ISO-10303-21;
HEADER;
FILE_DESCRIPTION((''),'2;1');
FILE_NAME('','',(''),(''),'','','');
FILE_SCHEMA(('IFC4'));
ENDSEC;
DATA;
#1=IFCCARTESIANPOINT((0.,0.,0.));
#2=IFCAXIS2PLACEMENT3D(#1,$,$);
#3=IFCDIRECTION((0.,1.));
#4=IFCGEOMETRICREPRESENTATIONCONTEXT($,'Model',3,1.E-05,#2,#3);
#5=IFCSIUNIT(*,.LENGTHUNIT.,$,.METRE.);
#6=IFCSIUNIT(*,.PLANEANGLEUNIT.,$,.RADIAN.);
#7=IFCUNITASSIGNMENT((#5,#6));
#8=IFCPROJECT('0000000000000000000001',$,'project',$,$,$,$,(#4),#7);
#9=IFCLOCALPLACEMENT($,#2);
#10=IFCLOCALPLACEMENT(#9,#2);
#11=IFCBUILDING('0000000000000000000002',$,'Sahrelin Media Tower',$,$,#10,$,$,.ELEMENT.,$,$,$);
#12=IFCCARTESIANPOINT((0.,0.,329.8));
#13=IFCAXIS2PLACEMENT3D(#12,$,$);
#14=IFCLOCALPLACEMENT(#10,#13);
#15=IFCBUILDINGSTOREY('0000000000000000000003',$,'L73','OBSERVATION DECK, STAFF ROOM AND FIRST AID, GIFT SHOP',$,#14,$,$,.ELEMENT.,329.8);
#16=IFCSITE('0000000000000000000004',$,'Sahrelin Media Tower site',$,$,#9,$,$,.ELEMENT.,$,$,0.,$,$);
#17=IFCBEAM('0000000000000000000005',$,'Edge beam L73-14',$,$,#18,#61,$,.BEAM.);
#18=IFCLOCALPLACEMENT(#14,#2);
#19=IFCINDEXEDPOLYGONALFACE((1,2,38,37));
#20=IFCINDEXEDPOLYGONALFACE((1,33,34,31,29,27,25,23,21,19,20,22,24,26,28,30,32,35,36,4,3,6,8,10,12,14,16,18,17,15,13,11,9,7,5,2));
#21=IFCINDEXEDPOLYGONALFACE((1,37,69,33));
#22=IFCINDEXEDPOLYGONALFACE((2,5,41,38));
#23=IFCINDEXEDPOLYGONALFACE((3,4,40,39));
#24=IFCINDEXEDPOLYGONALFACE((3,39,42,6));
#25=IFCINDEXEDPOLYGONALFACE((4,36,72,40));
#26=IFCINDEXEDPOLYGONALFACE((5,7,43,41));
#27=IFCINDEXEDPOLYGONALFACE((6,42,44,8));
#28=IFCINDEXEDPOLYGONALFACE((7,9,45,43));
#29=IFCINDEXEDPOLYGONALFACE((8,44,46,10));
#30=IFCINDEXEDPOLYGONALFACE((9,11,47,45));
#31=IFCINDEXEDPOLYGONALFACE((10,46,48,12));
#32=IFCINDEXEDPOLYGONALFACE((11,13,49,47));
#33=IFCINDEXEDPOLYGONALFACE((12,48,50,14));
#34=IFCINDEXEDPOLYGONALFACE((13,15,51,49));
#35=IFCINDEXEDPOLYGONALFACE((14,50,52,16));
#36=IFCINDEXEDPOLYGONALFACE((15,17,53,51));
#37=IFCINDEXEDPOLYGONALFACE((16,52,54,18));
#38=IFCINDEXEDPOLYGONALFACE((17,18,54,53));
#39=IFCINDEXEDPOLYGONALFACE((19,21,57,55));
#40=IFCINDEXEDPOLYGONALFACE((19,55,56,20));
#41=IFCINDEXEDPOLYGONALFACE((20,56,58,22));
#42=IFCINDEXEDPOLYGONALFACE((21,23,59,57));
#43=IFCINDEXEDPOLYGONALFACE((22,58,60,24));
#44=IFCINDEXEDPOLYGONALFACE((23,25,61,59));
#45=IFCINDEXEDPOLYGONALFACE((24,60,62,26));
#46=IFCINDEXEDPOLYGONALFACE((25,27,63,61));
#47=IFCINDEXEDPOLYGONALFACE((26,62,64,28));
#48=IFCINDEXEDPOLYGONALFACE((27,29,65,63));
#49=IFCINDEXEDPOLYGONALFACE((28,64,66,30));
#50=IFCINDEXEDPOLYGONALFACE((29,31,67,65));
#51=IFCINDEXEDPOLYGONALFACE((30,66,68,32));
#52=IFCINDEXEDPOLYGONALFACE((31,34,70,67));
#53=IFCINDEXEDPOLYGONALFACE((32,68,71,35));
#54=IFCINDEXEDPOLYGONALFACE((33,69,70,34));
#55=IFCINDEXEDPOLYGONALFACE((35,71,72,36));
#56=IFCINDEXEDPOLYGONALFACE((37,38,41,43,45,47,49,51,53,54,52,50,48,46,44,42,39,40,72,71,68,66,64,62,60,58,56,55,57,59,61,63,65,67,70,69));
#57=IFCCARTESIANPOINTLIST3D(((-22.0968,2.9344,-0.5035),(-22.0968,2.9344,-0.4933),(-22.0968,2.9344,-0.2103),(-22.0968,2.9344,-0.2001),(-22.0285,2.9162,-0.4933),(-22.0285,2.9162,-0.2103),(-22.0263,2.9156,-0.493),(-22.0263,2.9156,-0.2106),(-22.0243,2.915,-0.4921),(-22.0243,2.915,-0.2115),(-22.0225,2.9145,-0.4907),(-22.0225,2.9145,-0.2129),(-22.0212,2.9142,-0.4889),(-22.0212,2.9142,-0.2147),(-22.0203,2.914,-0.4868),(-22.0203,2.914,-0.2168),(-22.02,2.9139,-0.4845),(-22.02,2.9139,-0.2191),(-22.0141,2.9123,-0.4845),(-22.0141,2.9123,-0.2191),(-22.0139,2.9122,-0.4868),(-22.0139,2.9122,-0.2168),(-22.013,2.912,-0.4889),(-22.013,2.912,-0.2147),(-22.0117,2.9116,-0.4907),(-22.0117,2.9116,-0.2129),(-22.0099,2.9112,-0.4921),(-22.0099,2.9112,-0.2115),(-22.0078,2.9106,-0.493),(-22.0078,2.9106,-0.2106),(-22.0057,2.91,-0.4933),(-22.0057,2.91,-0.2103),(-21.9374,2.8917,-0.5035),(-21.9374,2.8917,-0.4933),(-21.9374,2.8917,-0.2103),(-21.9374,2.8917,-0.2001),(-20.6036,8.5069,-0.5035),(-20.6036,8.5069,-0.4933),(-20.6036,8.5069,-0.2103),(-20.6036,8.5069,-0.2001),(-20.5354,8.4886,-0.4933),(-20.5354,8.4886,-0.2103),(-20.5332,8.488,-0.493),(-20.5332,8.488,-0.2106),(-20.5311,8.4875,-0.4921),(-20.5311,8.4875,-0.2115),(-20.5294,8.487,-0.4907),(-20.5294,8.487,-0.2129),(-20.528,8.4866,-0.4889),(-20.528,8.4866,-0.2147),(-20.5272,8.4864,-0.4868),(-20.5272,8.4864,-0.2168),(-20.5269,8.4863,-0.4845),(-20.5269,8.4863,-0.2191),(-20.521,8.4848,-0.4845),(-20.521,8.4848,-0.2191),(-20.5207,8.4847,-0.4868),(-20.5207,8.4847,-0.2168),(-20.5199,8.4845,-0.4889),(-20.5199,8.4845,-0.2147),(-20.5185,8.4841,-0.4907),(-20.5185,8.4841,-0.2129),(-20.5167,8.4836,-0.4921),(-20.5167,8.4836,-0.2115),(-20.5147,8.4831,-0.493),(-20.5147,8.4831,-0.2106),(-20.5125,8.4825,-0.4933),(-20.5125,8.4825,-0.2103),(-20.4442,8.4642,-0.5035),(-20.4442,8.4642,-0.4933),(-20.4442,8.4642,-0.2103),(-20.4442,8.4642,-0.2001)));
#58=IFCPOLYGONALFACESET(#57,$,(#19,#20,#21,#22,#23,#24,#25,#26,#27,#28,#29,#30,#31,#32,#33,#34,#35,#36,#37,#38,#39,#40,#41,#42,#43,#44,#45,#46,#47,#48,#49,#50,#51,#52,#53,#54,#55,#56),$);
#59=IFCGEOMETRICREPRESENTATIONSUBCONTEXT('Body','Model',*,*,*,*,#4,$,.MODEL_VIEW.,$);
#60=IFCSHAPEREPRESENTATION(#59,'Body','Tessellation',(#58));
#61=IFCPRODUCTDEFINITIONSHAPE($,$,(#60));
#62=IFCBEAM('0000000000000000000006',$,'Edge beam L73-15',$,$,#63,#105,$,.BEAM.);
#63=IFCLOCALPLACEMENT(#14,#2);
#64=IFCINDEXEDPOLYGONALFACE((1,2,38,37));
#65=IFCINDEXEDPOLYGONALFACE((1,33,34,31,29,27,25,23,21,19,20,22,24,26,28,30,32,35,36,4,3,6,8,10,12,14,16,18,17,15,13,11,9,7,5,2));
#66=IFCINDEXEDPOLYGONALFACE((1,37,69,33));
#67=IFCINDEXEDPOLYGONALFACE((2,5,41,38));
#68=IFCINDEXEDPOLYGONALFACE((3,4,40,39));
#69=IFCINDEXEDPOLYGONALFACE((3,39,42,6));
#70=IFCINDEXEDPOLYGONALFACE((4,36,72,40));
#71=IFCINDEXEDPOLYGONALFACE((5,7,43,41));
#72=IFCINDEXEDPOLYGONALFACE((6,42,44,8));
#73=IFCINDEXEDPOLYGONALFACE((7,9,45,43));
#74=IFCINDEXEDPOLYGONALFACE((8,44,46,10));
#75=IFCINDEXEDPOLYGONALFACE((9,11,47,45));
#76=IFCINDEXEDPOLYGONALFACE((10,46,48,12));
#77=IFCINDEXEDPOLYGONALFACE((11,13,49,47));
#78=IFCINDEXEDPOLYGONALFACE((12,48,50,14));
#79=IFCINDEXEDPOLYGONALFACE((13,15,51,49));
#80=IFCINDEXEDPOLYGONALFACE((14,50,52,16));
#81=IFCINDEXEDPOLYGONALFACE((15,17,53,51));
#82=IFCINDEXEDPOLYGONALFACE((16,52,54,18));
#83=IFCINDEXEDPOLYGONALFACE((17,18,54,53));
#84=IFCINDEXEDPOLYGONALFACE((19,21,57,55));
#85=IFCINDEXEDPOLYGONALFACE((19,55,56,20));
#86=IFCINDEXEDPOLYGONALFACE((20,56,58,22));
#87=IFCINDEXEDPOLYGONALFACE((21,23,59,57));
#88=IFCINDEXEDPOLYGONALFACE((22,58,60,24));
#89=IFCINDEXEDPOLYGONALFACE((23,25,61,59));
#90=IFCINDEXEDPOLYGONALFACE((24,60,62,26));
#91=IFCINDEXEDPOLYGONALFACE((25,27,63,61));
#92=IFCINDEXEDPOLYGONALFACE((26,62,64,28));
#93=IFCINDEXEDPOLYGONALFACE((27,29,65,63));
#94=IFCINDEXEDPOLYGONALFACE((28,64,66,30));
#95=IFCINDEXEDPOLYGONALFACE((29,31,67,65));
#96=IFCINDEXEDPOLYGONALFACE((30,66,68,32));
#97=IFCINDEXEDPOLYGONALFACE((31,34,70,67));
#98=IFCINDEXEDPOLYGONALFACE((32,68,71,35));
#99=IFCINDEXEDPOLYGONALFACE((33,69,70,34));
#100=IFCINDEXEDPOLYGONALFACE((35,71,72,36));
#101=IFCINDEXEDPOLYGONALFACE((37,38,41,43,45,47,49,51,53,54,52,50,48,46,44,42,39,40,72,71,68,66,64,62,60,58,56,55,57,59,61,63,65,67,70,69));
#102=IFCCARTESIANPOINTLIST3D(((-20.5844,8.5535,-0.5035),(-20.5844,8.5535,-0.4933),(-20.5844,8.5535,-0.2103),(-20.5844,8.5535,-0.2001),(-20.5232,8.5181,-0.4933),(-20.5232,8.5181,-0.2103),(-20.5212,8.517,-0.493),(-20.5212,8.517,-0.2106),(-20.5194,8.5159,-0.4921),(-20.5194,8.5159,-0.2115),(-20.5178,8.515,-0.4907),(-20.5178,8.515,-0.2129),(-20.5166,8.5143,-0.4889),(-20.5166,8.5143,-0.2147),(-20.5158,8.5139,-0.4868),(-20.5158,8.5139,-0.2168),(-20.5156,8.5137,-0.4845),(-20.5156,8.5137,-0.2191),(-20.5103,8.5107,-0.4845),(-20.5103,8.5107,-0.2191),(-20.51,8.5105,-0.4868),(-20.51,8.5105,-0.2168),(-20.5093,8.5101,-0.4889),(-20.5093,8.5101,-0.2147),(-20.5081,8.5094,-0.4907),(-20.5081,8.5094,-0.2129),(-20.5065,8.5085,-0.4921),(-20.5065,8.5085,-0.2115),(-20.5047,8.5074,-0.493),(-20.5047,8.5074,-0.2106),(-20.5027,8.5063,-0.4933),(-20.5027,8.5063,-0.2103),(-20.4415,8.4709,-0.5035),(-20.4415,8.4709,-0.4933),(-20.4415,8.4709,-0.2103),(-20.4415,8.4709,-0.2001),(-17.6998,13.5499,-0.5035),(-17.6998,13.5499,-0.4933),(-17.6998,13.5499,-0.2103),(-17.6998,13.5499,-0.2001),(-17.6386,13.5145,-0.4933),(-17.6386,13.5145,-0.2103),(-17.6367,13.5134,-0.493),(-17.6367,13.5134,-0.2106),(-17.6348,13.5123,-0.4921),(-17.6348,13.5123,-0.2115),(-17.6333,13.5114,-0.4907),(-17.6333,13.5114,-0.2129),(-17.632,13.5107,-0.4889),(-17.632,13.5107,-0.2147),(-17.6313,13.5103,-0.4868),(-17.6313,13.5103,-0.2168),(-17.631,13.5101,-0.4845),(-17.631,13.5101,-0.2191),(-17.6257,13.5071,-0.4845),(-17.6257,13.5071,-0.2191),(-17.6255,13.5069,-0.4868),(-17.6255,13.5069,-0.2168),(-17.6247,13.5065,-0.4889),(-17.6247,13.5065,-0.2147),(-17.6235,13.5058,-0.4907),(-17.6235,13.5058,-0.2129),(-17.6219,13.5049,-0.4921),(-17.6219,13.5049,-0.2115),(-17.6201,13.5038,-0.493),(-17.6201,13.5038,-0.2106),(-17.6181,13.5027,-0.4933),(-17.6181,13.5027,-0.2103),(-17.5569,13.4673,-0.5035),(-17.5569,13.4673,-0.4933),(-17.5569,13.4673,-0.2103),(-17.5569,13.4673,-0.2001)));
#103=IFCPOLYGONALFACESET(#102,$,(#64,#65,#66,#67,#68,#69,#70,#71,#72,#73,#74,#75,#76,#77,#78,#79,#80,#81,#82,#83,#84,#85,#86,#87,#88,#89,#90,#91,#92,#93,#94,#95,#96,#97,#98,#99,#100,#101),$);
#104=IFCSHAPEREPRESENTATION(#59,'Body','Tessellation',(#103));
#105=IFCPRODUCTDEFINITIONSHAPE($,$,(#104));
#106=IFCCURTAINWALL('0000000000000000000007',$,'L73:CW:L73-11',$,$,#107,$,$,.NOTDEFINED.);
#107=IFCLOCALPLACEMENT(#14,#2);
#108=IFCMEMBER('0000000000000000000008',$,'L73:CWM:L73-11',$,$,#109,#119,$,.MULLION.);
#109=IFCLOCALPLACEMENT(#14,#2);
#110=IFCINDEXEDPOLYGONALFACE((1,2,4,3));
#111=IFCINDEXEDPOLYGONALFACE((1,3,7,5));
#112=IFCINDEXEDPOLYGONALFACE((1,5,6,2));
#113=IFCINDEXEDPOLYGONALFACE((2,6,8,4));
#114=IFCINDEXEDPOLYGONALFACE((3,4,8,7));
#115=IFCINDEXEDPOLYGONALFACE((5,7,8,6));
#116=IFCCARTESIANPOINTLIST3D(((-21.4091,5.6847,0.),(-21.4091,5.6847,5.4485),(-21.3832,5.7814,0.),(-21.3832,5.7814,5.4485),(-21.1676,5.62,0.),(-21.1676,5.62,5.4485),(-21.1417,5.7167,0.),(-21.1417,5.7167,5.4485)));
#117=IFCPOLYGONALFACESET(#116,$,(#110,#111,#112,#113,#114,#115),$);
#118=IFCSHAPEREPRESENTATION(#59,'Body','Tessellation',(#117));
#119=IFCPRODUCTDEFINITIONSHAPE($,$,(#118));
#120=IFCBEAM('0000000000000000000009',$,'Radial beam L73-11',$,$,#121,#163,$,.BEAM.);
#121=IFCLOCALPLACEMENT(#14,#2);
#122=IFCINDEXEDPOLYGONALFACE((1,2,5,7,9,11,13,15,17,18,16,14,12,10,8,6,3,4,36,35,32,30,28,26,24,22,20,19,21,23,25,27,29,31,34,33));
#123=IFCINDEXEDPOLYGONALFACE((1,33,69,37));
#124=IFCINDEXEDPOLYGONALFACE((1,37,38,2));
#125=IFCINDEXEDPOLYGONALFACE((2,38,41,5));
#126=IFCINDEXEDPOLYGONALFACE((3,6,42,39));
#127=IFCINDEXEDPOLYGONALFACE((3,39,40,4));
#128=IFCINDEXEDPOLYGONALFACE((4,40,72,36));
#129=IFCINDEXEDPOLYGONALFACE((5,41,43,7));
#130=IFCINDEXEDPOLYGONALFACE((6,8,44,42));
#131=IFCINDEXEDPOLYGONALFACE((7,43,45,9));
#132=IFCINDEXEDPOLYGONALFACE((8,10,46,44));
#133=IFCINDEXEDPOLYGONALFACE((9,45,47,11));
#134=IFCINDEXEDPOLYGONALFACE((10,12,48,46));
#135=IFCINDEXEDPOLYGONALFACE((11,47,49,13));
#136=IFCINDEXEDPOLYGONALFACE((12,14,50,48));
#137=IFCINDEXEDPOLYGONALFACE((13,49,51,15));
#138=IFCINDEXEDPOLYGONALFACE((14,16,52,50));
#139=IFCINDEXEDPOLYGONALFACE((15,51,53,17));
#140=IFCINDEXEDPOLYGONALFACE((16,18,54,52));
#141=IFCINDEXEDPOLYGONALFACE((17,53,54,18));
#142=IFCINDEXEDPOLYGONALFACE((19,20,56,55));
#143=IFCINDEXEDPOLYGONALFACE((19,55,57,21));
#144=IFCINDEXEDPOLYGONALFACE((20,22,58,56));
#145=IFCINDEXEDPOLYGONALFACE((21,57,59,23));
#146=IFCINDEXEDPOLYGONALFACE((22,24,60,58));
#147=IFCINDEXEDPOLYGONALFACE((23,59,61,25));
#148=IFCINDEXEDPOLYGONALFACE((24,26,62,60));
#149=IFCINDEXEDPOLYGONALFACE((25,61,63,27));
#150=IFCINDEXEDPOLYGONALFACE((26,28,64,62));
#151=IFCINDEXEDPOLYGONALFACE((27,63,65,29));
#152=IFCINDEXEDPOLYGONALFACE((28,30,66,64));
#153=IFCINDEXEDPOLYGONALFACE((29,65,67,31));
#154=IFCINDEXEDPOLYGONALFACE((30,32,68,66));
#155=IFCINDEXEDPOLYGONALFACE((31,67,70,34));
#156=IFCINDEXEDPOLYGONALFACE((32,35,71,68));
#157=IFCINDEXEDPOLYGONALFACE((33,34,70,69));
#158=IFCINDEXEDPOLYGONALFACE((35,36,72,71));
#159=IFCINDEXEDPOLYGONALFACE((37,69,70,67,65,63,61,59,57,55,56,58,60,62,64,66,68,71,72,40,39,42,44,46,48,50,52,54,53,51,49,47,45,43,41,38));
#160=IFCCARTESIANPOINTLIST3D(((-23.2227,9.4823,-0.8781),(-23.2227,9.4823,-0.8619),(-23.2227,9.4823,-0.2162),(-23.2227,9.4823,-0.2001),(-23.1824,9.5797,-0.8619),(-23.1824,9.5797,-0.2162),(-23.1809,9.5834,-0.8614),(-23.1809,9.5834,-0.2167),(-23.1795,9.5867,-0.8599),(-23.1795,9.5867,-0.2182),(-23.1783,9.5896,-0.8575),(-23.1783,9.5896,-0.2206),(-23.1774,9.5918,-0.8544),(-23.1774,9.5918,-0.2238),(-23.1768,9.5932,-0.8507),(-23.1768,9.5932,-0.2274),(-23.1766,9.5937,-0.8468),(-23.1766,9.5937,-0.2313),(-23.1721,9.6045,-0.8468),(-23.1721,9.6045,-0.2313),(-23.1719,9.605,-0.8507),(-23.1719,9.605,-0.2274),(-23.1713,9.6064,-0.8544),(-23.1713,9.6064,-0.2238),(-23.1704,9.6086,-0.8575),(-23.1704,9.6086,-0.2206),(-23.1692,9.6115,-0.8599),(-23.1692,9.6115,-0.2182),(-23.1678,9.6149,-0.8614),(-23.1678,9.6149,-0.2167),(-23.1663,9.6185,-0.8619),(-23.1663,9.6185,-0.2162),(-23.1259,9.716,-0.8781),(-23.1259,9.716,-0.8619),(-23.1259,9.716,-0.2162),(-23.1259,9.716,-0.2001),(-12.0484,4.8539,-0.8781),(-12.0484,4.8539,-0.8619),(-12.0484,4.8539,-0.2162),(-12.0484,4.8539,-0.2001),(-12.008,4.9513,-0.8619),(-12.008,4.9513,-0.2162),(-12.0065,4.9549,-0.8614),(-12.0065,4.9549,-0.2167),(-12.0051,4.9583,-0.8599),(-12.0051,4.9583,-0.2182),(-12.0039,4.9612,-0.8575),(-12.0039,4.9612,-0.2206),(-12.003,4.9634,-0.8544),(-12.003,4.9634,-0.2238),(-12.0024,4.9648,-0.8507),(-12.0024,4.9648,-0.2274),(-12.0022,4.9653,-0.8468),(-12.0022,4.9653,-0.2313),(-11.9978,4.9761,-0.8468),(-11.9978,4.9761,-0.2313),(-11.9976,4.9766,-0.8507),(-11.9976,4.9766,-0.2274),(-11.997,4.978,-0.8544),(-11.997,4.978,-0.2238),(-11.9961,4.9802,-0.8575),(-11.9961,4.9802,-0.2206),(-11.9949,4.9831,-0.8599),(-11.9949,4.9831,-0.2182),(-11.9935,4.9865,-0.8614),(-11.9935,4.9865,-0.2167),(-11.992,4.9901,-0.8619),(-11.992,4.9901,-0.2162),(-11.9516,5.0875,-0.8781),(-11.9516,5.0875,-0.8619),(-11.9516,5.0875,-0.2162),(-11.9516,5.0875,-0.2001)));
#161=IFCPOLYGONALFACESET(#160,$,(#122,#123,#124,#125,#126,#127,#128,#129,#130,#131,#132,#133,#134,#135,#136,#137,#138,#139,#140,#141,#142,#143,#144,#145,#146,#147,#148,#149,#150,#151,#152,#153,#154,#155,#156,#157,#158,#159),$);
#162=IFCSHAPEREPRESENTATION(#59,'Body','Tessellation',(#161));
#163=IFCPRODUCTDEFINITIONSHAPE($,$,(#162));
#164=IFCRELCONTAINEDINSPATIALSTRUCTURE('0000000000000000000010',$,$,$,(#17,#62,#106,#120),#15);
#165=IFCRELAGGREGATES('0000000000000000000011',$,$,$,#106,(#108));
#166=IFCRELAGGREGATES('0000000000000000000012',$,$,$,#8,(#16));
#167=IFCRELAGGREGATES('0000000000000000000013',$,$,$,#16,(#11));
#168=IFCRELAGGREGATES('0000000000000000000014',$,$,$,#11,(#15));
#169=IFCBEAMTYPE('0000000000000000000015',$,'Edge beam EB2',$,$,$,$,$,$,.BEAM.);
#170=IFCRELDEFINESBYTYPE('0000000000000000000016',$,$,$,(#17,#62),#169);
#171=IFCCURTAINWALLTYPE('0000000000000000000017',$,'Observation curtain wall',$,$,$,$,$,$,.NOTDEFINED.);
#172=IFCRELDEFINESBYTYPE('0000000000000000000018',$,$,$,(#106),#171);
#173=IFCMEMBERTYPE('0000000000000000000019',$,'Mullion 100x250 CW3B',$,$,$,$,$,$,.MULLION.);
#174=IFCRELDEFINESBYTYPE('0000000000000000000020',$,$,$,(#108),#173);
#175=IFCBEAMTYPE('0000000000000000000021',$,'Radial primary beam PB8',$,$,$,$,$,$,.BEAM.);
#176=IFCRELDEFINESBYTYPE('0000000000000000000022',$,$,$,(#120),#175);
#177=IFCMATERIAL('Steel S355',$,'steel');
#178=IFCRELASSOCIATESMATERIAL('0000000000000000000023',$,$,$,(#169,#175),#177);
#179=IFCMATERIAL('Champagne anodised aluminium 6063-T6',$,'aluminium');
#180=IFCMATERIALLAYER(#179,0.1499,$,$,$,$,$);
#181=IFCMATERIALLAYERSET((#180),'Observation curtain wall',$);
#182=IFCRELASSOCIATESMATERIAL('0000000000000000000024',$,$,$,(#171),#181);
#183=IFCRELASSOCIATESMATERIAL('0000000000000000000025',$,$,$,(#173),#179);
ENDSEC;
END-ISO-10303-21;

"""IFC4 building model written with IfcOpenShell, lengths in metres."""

from ifc_helpers import new_model, si_unit, direction, frame, origin, origin_2d, place, context, subcontext, project, spatial, rectangle, i_section, extrude, material, layer, layer_set, material_profile, profile_set, type_object, element, aggregate, save


model = new_model("IFC4")

# Units and contexts
model_context = context("Model", 3, precision=1e-05, world=origin(), true_north=direction((0.0, 1.0)))
body_context = subcontext(model_context, "Body", "Model", "MODEL_VIEW")
ifc_project = project(units=[si_unit("LENGTHUNIT", "METRE"), si_unit("PLANEANGLEUNIT", "RADIAN")], contexts=[model_context])

# Site, building, storey
site_placement = place(None, origin())
site = spatial("IfcSite", under=ifc_project, at=site_placement, Name="Sahrelin Media Tower site", CompositionType="ELEMENT", RefElevation=0.0)
building_placement = place(site_placement, origin())
building = spatial("IfcBuilding", under=site, at=building_placement, Name="Sahrelin Media Tower", CompositionType="ELEMENT")
storey_placement = place(building_placement, frame((0.0, 0.0, 329.8)))
storey = spatial("IfcBuildingStorey", under=building, at=storey_placement, Name="L73", Description="OBSERVATION DECK, STAFF ROOM AND FIRST AID, GIFT SHOP", CompositionType="ELEMENT", Elevation=329.8)

# Beams
ifc_material_1 = material(Name="Steel S355", Category="steel")
ifc_material_profile_1 = material_profile(ifc_material_1, i_section(OverallWidth=0.165, OverallDepth=0.3035, WebThickness=0.0061, FlangeThickness=0.0103, FilletRadius=0.0088, at=origin_2d()), Name="UB 305x165x40")
ifc_profile_set_1 = profile_set([ifc_material_profile_1], Name="Steel S355")
beam_type_1 = type_object("IfcBeamType", Name="Edge beam EB2", PredefinedType="BEAM", material=ifc_profile_set_1)
beam_1_placement = place(storey_placement, frame((-22.0171, 2.9131, -0.3518), z_axis=(0.258821, 0.965925, 0.0), x_axis=(-0.965925, 0.258821, 0.0)))
element("IfcBeam", 1, at=beam_1_placement, inside=storey, type_object=beam_type_1, Name="Edge beam L73-14", PredefinedType="BEAM", context=body_context, shape_type="SweptSolid", body=[
    extrude(i_section(OverallWidth=0.165, OverallDepth=0.3035, WebThickness=0.0061, FlangeThickness=0.0103, FilletRadius=0.0088, at=origin_2d()), origin(), (0.0, 0.0, 1.0), 5.769),
])
beam_2_placement = place(storey_placement, frame((-20.5129, 8.5122, -0.3518), z_axis=(0.499985, 0.866034, 0.0), x_axis=(-0.866034, 0.499985, 0.0)))
element("IfcBeam", 2, at=beam_2_placement, inside=storey, type_object=beam_type_1, Name="Edge beam L73-15", PredefinedType="BEAM", context=body_context, shape_type="SweptSolid", body=[
    extrude(i_section(OverallWidth=0.165, OverallDepth=0.3035, WebThickness=0.0061, FlangeThickness=0.0103, FilletRadius=0.0088, at=origin_2d()), origin(), (0.0, 0.0, 1.0), 5.7693),
])

# Curtain wall, member
ifc_material_2 = material(Name="Champagne anodised aluminium 6063-T6", Category="aluminium")
ifc_layer_1 = layer(ifc_material_2, 0.1499)
ifc_layer_set_1 = layer_set([ifc_layer_1], Name="Observation curtain wall")
curtain_wall_type = type_object("IfcCurtainWallType", Name="Observation curtain wall", PredefinedType="NOTDEFINED", material=ifc_layer_set_1)
curtain_wall_1_placement = place(storey_placement, frame((-21.4153, 5.7383, 0.0), z_axis=(0.0, 0.0, 1.0), x_axis=(1.0, 0.0, 0.0)))
curtain_wall_1 = element("IfcCurtainWall", 3, at=curtain_wall_1_placement, inside=storey, type_object=curtain_wall_type, Name="L73:CW:L73-11", PredefinedType="NOTDEFINED")
ifc_material_profile_2 = material_profile(ifc_material_2, rectangle(XDim=0.1001, YDim=0.25, at=origin_2d()), Name="Mullion 100x250")
ifc_profile_set_2 = profile_set([ifc_material_profile_2], Name="Champagne anodised aluminium 6063-T6")
member_type_1 = type_object("IfcMemberType", Name="Mullion 100x250 CW3B", PredefinedType="MULLION", material=ifc_profile_set_2)
member_1_placement = place(storey_placement, frame((-21.2754, 5.7007, 0.0), z_axis=(0.0, 0.0, 1.0), x_axis=(-0.258817, -0.965926, 0.0)))
member_1 = element("IfcMember", 4, at=member_1_placement, type_object=member_type_1, Name="L73:CWM:L73-11", PredefinedType="MULLION", context=body_context, shape_type="SweptSolid", body=[
    extrude(rectangle(XDim=0.1001, YDim=0.25, at=origin_2d()), origin(), (0.0, 0.0, 1.0), 5.4485),
])

# Beam
ifc_material_profile_3 = material_profile(ifc_material_1, i_section(OverallWidth=0.2529, OverallDepth=0.678, WebThickness=0.0117, FlangeThickness=0.0161, FilletRadius=0.0151, at=origin_2d()), Name="UB 686x254x125")
ifc_profile_set_3 = profile_set([ifc_material_profile_3], Name="Steel S355")
beam_type_2 = type_object("IfcBeamType", Name="Radial primary beam PB8", PredefinedType="BEAM", material=ifc_profile_set_3)
beam_3_placement = place(storey_placement, frame((-12.0, 4.9707, -0.5391), z_axis=(-0.923883, 0.382674, 0.0), x_axis=(-0.382674, -0.923883, 0.0)))
element("IfcBeam", 5, at=beam_3_placement, inside=storey, type_object=beam_type_2, Name="Radial beam L73-11", PredefinedType="BEAM", context=body_context, shape_type="SweptSolid", body=[
    extrude(i_section(OverallWidth=0.2529, OverallDepth=0.678, WebThickness=0.0117, FlangeThickness=0.0161, FilletRadius=0.0151, at=origin_2d()), origin(), (0.0, 0.0, 1.0), 12.095),
])

aggregate(curtain_wall_1, [member_1])

save(model, "model.ifc")
